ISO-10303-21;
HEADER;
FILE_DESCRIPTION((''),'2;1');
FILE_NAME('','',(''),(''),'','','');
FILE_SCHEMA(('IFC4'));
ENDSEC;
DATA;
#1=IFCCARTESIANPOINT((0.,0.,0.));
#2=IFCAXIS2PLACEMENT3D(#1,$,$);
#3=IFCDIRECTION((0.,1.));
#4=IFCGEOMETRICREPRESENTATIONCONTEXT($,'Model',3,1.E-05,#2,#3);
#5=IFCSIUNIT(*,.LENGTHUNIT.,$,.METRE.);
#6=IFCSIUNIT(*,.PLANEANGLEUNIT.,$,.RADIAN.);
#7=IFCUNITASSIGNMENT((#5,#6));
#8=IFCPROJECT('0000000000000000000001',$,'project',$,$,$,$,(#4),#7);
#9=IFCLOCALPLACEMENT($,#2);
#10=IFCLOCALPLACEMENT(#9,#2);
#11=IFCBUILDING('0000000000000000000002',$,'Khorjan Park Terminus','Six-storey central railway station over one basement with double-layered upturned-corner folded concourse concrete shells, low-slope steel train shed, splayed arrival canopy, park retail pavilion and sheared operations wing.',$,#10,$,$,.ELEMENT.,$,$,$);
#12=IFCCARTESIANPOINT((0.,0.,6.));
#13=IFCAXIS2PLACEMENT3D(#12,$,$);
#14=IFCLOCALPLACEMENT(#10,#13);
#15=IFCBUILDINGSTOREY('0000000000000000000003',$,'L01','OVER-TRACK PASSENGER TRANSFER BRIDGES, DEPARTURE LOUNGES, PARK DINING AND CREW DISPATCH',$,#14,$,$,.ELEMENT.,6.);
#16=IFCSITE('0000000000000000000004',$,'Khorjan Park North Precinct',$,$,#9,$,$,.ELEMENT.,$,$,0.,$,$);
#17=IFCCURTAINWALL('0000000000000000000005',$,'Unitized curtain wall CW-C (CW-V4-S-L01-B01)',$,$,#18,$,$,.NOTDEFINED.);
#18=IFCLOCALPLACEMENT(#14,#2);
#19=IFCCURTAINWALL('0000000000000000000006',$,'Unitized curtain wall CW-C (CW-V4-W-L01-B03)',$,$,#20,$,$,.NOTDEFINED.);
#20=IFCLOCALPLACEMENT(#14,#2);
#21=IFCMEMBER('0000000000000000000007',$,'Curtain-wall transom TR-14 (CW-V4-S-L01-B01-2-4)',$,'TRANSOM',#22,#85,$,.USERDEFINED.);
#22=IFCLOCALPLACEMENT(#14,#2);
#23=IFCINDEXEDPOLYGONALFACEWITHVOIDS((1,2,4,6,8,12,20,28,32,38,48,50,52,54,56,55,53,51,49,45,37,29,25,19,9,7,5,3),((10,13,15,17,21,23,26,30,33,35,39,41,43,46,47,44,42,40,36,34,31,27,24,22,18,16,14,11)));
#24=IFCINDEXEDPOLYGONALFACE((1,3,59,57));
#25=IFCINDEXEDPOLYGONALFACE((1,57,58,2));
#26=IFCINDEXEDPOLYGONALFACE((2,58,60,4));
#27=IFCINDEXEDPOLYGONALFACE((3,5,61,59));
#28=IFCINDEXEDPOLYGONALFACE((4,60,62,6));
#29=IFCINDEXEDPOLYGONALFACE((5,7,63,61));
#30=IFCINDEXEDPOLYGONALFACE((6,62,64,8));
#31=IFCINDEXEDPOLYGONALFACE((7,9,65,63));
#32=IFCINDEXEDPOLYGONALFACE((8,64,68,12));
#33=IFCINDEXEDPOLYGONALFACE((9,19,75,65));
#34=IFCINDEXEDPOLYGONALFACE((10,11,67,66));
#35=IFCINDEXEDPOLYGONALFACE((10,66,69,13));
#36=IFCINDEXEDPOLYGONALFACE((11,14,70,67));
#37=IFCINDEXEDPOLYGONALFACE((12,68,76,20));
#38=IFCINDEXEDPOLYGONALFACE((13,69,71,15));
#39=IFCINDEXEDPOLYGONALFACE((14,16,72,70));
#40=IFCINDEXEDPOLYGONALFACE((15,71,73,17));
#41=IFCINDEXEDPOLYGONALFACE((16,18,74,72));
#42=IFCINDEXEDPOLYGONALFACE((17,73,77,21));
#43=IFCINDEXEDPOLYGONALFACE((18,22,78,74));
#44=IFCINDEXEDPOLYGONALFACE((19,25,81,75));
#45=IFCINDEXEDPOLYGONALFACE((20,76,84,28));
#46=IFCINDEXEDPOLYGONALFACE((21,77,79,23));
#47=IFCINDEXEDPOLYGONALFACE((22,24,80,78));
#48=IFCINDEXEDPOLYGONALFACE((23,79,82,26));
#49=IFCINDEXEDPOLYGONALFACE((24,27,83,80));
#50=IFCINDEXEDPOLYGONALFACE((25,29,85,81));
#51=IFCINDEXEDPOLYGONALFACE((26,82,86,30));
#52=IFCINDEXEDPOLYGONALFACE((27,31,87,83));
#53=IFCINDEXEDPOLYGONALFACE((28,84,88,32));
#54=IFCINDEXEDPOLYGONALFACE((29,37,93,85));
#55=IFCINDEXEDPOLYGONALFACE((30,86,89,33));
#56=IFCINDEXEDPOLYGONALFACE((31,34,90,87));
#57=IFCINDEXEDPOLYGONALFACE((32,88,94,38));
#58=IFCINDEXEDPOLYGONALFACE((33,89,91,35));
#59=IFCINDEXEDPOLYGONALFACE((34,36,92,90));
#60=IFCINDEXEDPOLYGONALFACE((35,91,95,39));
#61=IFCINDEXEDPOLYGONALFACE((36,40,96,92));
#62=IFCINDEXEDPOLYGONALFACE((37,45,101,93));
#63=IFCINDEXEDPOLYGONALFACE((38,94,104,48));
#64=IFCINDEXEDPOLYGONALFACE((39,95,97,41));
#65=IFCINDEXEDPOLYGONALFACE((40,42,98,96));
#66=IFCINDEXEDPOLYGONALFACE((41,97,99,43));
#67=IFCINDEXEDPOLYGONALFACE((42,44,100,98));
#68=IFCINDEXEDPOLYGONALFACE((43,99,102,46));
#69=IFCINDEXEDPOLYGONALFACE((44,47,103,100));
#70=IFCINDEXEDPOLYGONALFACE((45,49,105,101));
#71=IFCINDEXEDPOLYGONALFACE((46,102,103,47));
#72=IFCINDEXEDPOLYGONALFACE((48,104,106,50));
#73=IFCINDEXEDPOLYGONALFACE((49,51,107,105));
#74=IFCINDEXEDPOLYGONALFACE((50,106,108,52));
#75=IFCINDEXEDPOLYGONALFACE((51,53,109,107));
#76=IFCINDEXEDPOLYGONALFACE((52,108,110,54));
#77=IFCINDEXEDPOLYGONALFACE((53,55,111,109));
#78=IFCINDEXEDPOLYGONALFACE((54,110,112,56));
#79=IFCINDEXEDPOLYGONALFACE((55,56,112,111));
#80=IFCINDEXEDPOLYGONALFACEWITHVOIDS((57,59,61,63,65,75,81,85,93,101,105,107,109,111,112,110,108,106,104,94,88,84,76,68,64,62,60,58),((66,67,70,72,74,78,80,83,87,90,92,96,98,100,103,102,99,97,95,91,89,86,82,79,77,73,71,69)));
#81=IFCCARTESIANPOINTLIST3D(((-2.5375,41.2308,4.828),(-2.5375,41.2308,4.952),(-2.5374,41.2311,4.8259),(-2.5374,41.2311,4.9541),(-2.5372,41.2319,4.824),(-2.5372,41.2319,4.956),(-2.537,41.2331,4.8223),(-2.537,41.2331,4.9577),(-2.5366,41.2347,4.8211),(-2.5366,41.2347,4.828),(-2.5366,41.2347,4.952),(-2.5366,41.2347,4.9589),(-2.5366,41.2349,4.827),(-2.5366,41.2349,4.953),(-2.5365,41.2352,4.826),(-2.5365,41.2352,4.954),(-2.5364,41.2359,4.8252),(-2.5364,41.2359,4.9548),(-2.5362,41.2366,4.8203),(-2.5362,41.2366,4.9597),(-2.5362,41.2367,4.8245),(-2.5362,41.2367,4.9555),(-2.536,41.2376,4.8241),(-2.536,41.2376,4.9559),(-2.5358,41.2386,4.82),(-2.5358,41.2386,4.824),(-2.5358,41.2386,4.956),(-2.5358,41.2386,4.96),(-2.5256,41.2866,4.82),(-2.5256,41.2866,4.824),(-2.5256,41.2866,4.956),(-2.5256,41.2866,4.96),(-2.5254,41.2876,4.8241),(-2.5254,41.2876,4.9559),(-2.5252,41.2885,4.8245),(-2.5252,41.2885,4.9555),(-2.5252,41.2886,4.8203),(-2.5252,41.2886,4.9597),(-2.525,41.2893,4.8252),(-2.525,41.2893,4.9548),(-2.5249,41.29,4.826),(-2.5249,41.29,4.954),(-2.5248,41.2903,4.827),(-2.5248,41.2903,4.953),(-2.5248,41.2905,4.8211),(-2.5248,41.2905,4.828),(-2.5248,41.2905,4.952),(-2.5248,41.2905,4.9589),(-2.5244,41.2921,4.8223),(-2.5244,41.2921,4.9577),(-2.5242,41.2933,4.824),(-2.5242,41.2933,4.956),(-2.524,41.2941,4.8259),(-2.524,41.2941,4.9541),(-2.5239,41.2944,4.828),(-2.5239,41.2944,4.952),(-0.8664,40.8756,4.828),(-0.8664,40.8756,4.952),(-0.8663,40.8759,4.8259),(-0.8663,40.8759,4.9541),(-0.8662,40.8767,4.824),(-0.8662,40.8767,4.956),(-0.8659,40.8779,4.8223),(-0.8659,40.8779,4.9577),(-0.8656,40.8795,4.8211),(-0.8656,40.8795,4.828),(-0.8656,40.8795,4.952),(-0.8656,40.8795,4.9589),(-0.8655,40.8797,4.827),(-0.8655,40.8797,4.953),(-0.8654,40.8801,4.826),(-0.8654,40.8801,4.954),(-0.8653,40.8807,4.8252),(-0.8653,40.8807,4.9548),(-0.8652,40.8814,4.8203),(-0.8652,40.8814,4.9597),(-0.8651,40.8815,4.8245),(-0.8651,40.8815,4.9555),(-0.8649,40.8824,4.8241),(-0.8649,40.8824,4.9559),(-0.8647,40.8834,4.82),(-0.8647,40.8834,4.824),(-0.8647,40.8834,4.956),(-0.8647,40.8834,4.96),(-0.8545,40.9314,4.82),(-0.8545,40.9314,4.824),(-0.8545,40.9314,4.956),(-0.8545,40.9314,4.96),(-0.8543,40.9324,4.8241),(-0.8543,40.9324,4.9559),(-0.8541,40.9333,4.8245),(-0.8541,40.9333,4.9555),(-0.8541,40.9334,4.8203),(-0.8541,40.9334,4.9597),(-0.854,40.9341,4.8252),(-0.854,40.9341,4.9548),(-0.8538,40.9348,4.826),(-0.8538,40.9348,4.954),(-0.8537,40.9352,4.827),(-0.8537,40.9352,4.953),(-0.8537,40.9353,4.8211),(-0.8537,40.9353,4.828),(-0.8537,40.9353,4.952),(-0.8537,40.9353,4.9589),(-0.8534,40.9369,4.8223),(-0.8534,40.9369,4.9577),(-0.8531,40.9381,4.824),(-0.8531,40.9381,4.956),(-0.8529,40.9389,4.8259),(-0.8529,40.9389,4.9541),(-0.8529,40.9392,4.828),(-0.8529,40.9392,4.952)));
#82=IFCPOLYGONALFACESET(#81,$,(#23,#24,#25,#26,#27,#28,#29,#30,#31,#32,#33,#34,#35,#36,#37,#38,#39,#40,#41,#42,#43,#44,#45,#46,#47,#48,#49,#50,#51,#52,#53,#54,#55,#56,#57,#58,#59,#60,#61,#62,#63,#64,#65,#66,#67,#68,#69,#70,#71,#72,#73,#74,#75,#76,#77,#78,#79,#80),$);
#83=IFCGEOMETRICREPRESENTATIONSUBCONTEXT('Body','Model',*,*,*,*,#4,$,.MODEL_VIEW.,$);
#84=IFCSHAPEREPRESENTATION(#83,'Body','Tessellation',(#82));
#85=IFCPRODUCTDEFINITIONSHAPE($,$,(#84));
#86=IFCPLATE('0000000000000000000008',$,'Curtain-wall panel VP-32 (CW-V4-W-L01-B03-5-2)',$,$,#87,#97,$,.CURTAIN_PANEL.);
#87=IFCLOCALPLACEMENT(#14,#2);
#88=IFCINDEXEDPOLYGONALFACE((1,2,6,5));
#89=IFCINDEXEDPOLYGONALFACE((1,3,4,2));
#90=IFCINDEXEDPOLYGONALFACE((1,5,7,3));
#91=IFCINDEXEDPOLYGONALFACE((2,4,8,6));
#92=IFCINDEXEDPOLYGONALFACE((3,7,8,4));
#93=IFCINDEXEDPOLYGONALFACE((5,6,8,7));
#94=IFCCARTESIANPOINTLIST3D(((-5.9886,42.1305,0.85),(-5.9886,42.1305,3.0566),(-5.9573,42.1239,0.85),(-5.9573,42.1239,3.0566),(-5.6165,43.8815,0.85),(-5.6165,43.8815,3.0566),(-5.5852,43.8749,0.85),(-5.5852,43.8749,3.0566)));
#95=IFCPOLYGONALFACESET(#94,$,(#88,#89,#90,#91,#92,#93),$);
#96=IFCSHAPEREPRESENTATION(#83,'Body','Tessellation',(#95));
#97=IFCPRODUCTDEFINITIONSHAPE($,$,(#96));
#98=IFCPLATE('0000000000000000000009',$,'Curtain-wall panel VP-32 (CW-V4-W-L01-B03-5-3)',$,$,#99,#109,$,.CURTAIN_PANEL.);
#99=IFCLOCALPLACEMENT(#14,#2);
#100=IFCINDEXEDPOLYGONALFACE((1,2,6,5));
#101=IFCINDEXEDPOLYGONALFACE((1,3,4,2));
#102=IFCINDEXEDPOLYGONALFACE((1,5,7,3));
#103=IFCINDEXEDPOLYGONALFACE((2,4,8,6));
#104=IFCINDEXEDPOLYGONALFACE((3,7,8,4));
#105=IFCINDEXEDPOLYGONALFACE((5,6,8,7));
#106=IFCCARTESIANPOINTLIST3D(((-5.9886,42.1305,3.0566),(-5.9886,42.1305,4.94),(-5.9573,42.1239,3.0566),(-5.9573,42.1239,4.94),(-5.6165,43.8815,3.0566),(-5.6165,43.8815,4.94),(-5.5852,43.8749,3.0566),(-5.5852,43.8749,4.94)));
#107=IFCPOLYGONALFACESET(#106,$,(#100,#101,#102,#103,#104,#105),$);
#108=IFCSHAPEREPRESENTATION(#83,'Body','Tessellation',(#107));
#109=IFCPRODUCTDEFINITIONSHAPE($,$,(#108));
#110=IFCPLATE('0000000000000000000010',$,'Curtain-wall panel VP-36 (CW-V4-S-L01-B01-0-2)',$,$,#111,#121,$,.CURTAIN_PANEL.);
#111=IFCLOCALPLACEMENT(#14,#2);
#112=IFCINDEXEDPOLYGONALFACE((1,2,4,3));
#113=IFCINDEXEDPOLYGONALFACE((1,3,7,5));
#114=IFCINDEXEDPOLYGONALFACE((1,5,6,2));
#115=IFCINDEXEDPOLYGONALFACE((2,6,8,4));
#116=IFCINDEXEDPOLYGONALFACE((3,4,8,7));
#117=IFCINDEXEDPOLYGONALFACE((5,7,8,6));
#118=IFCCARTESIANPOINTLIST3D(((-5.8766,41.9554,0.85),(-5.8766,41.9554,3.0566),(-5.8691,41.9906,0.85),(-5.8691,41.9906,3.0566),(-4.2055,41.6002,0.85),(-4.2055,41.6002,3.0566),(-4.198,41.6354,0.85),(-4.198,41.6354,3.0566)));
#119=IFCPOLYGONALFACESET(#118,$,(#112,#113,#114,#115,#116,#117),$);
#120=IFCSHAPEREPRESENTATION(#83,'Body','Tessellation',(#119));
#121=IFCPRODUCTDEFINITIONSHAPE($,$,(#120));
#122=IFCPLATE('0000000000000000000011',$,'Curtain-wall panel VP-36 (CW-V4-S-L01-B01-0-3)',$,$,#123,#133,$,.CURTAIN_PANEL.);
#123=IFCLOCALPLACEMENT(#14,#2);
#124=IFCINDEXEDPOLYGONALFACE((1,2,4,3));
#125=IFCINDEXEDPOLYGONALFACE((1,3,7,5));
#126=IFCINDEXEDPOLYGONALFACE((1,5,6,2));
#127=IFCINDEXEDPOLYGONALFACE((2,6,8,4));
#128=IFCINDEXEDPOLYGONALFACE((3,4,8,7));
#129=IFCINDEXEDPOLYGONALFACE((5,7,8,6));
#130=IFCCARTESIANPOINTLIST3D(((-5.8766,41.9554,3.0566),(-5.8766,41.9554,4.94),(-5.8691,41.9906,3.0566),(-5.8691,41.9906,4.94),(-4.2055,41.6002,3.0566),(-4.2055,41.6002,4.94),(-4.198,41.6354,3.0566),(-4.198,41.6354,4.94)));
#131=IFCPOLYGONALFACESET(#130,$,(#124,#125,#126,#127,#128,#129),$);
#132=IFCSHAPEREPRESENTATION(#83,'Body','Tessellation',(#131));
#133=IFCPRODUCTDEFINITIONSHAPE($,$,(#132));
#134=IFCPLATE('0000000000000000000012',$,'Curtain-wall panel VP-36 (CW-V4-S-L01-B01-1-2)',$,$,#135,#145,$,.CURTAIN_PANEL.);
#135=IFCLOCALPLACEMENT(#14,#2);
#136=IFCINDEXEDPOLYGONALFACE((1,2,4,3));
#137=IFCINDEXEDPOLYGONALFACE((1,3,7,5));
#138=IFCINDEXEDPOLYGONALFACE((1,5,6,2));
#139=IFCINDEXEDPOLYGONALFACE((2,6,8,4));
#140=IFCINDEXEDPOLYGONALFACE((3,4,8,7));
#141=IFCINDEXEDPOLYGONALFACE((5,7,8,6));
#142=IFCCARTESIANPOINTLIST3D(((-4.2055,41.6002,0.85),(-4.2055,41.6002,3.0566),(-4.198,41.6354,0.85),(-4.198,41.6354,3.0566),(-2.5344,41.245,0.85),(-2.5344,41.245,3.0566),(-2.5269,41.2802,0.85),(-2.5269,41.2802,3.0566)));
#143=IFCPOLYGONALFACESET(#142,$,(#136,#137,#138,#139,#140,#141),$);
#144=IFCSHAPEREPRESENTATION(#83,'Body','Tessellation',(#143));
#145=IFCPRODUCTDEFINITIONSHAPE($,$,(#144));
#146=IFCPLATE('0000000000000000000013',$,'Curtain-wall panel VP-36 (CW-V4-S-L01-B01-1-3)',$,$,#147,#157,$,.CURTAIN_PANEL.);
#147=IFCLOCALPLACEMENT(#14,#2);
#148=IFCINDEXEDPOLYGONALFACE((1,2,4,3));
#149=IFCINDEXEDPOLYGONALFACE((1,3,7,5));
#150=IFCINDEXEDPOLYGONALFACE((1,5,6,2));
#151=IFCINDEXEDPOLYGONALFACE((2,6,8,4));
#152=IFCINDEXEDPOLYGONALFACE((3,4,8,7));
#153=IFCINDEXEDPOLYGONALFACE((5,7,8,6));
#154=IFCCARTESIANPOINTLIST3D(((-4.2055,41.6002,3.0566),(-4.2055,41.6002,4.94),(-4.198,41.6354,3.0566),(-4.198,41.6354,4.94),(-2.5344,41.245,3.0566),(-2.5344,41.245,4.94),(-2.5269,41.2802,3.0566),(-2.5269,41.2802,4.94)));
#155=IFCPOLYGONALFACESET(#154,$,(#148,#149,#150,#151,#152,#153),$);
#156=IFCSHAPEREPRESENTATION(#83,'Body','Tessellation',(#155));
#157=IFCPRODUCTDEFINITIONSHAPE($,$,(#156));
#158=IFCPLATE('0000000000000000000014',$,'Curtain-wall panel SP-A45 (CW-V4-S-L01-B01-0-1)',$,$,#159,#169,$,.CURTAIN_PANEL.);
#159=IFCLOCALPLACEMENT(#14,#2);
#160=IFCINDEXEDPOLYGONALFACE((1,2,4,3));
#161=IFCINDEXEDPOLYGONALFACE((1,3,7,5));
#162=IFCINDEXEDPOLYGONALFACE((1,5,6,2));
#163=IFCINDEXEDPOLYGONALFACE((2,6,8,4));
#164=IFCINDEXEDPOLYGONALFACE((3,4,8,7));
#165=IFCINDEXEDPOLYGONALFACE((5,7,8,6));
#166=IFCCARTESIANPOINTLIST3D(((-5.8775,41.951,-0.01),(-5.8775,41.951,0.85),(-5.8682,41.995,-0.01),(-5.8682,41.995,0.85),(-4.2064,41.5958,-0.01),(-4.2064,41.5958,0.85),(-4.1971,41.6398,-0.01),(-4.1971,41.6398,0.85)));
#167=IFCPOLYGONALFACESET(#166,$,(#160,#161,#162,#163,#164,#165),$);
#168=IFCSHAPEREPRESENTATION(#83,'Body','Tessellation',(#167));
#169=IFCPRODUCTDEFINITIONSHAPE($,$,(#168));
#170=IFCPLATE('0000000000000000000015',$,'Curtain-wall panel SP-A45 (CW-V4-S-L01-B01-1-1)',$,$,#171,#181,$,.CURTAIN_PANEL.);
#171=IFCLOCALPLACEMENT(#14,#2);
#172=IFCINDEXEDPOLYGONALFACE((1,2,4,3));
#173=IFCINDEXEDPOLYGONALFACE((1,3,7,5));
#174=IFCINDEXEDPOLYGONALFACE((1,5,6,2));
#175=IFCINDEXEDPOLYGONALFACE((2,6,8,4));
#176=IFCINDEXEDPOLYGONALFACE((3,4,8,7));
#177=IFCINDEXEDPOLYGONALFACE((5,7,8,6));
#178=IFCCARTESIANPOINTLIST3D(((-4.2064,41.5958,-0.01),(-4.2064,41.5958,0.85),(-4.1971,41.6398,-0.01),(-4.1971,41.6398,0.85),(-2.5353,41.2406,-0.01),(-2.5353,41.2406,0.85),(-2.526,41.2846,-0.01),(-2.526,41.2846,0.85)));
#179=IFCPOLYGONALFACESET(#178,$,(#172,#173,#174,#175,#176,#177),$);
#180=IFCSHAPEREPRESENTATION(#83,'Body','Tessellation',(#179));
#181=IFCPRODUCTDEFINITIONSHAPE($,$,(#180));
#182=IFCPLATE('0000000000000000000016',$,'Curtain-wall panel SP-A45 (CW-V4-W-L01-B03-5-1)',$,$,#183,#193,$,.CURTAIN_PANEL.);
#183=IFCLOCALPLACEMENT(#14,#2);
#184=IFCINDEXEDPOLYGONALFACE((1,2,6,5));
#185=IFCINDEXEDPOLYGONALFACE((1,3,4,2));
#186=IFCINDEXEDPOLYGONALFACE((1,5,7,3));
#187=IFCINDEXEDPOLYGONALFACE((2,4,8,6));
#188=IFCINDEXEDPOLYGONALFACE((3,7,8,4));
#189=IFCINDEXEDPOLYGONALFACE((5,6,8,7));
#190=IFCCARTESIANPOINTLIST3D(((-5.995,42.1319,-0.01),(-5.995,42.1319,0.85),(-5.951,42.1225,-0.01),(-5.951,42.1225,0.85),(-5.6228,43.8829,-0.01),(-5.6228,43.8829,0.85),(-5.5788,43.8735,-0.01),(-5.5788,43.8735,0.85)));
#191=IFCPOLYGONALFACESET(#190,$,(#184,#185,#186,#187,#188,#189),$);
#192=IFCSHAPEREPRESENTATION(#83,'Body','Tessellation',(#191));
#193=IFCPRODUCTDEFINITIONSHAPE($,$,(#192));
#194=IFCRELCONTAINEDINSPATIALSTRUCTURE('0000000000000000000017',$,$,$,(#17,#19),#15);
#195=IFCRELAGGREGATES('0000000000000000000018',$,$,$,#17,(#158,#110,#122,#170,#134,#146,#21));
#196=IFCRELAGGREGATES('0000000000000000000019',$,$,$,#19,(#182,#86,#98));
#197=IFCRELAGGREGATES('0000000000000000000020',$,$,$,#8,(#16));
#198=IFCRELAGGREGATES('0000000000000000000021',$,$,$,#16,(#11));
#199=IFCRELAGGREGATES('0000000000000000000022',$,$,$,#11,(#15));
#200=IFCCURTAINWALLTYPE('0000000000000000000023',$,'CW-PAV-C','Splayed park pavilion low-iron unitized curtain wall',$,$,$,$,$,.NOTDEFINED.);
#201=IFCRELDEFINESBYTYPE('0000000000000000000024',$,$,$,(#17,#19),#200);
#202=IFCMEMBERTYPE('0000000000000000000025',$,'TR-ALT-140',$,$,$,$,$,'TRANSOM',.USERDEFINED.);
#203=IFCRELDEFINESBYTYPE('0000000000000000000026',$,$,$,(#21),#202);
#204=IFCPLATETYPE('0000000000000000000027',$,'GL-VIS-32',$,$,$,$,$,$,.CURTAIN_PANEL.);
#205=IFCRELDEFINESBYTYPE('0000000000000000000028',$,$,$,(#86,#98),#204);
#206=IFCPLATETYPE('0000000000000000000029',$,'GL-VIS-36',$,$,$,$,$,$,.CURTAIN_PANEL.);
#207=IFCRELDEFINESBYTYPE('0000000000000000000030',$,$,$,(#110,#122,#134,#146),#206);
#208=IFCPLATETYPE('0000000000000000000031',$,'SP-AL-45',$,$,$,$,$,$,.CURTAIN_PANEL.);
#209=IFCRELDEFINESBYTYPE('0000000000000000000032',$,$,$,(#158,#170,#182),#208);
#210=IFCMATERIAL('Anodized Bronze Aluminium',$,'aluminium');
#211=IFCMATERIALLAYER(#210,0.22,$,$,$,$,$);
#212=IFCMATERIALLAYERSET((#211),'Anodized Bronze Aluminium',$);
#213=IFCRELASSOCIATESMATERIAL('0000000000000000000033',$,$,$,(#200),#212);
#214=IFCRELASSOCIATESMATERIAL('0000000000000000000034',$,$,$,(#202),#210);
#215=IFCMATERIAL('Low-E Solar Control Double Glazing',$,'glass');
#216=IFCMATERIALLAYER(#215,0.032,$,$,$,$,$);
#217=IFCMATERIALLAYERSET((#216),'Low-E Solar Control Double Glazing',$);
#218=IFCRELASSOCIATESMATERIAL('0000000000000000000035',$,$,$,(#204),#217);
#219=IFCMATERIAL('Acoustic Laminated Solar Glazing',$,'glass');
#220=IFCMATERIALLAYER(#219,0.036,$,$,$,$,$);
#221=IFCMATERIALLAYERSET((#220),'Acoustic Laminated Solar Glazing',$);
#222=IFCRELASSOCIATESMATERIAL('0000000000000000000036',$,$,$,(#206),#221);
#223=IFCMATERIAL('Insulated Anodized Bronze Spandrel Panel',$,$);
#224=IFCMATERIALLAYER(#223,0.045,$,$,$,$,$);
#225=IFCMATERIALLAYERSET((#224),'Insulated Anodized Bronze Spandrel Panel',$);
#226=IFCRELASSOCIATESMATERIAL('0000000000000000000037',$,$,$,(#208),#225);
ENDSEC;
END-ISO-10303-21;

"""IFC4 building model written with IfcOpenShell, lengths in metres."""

from ifc_helpers import new_model, si_unit, direction, frame, origin, origin_2d, place, context, subcontext, project, spatial, rectangle, hollow_rectangle, extrude, material, layer, layer_set, material_profile, profile_set, type_object, element, aggregate, save


model = new_model("IFC4")

# Units and contexts
model_context = context("Model", 3, precision=1e-05, world=origin(), true_north=direction((0.0, 1.0)))
body_context = subcontext(model_context, "Body", "Model", "MODEL_VIEW")
ifc_project = project(units=[si_unit("LENGTHUNIT", "METRE"), si_unit("PLANEANGLEUNIT", "RADIAN")], contexts=[model_context])

# Site, building, storey
site_placement = place(None, origin())
site = spatial("IfcSite", under=ifc_project, at=site_placement, Name="Khorjan Park North Precinct", CompositionType="ELEMENT", RefElevation=0.0)
building_placement = place(site_placement, origin())
building = spatial("IfcBuilding", under=site, at=building_placement, Name="Khorjan Park Terminus", Description="Six-storey central railway station over one basement with double-layered upturned-corner folded concourse concrete shells, low-slope steel train shed, splayed arrival canopy, park retail pavilion and sheared operations wing.", CompositionType="ELEMENT")
storey_placement = place(building_placement, frame((0.0, 0.0, 6.0)))
storey = spatial("IfcBuildingStorey", under=building, at=storey_placement, Name="L01", Description="OVER-TRACK PASSENGER TRANSFER BRIDGES, DEPARTURE LOUNGES, PARK DINING AND CREW DISPATCH", CompositionType="ELEMENT", Elevation=6.0)

# Curtain walls
ifc_material_1 = material(Name="Anodized Bronze Aluminium", Category="aluminium")
ifc_layer_1 = layer(ifc_material_1, 0.22)
ifc_layer_set_1 = layer_set([ifc_layer_1], Name="Anodized Bronze Aluminium")
curtain_wall_type = type_object("IfcCurtainWallType", Name="CW-PAV-C", Description="Splayed park pavilion low-iron unitized curtain wall", PredefinedType="NOTDEFINED", material=ifc_layer_set_1)
curtain_wall_1_placement = place(storey_placement, origin())
curtain_wall_1 = element("IfcCurtainWall", 1, at=curtain_wall_1_placement, inside=storey, type_object=curtain_wall_type, Name="Unitized curtain wall CW-C (CW-V4-S-L01-B01)", PredefinedType="NOTDEFINED")
curtain_wall_2_placement = place(storey_placement, origin())
curtain_wall_2 = element("IfcCurtainWall", 2, at=curtain_wall_2_placement, inside=storey, type_object=curtain_wall_type, Name="Unitized curtain wall CW-C (CW-V4-W-L01-B03)", PredefinedType="NOTDEFINED")

# Member
ifc_material_profile_1 = material_profile(ifc_material_1, hollow_rectangle(XDim=0.065, YDim=0.14, WallThickness=0.004, InnerFilletRadius=0.004, OuterFilletRadius=0.008, at=origin_2d()), Name="ALT 65x140x4")
ifc_profile_set_1 = profile_set([ifc_material_profile_1], Name="Anodized Bronze Aluminium")
member_type_1 = type_object("IfcMemberType", Name="TR-ALT-140", ElementType="TRANSOM", PredefinedType="USERDEFINED", material=ifc_profile_set_1)
member_1_placement = place(storey_placement, frame((-2.5307, 41.2626, 4.89), z_axis=(0.978148, -0.20791, 0.0), x_axis=(0.20791, 0.978148, 0.0)))
member_1 = element("IfcMember", 3, at=member_1_placement, type_object=member_type_1, Name="Curtain-wall transom TR-14 (CW-V4-S-L01-B01-2-4)", ObjectType="TRANSOM", PredefinedType="USERDEFINED", context=body_context, shape_type="SweptSolid", body=[
    extrude(hollow_rectangle(XDim=0.065, YDim=0.14, WallThickness=0.004, InnerFilletRadius=0.004, OuterFilletRadius=0.008, at=origin_2d()), origin(), (0.0, 0.0, 1.0), 1.7084),
])

# Plates
ifc_material_2 = material(Name="Low-E Solar Control Double Glazing", Category="glass")
ifc_layer_2 = layer(ifc_material_2, 0.032)
ifc_layer_set_2 = layer_set([ifc_layer_2], Name="Low-E Solar Control Double Glazing")
plate_type_1 = type_object("IfcPlateType", Name="GL-VIS-32", PredefinedType="CURTAIN_PANEL", material=ifc_layer_set_2)
plate_1_placement = place(storey_placement, frame((-5.7869, 43.0027, 0.85), z_axis=(0.0, 0.0, 1.0), x_axis=(-0.207918, -0.978146, 0.0)))
plate_1 = element("IfcPlate", 4, at=plate_1_placement, type_object=plate_type_1, Name="Curtain-wall panel VP-32 (CW-V4-W-L01-B03-5-2)", PredefinedType="CURTAIN_PANEL", context=body_context, shape_type="SweptSolid", body=[
    extrude(rectangle(XDim=1.7901, YDim=0.032, at=origin_2d()), origin(), (0.0, 0.0, 1.0), 2.2066),
])
plate_2_placement = place(storey_placement, frame((-5.7869, 43.0027, 3.0566), z_axis=(0.0, 0.0, 1.0), x_axis=(-0.207918, -0.978146, 0.0)))
plate_2 = element("IfcPlate", 5, at=plate_2_placement, type_object=plate_type_1, Name="Curtain-wall panel VP-32 (CW-V4-W-L01-B03-5-3)", PredefinedType="CURTAIN_PANEL", context=body_context, shape_type="SweptSolid", body=[
    extrude(rectangle(XDim=1.7901, YDim=0.032, at=origin_2d()), origin(), (0.0, 0.0, 1.0), 1.8834),
])
ifc_material_3 = material(Name="Acoustic Laminated Solar Glazing", Category="glass")
ifc_layer_3 = layer(ifc_material_3, 0.036)
ifc_layer_set_3 = layer_set([ifc_layer_3], Name="Acoustic Laminated Solar Glazing")
plate_type_2 = type_object("IfcPlateType", Name="GL-VIS-36", PredefinedType="CURTAIN_PANEL", material=ifc_layer_set_3)
plate_3_placement = place(storey_placement, frame((-5.0373, 41.7954, 0.85), z_axis=(0.0, 0.0, 1.0), x_axis=(0.978147, -0.207914, 0.0)))
plate_3 = element("IfcPlate", 6, at=plate_3_placement, type_object=plate_type_2, Name="Curtain-wall panel VP-36 (CW-V4-S-L01-B01-0-2)", PredefinedType="CURTAIN_PANEL", context=body_context, shape_type="SweptSolid", body=[
    extrude(rectangle(XDim=1.7084, YDim=0.036, at=origin_2d()), origin(), (0.0, 0.0, 1.0), 2.2066),
])
plate_4_placement = place(storey_placement, frame((-5.0373, 41.7954, 3.0566), z_axis=(0.0, 0.0, 1.0), x_axis=(0.978147, -0.207914, 0.0)))
plate_4 = element("IfcPlate", 7, at=plate_4_placement, type_object=plate_type_2, Name="Curtain-wall panel VP-36 (CW-V4-S-L01-B01-0-3)", PredefinedType="CURTAIN_PANEL", context=body_context, shape_type="SweptSolid", body=[
    extrude(rectangle(XDim=1.7084, YDim=0.036, at=origin_2d()), origin(), (0.0, 0.0, 1.0), 1.8834),
])
plate_5_placement = place(storey_placement, frame((-3.3662, 41.4402, 0.85), z_axis=(0.0, 0.0, 1.0), x_axis=(0.978147, -0.207914, 0.0)))
plate_5 = element("IfcPlate", 8, at=plate_5_placement, type_object=plate_type_2, Name="Curtain-wall panel VP-36 (CW-V4-S-L01-B01-1-2)", PredefinedType="CURTAIN_PANEL", context=body_context, shape_type="SweptSolid", body=[
    extrude(rectangle(XDim=1.7084, YDim=0.036, at=origin_2d()), origin(), (0.0, 0.0, 1.0), 2.2066),
])
plate_6_placement = place(storey_placement, frame((-3.3662, 41.4402, 3.0566), z_axis=(0.0, 0.0, 1.0), x_axis=(0.978147, -0.207914, 0.0)))
plate_6 = element("IfcPlate", 9, at=plate_6_placement, type_object=plate_type_2, Name="Curtain-wall panel VP-36 (CW-V4-S-L01-B01-1-3)", PredefinedType="CURTAIN_PANEL", context=body_context, shape_type="SweptSolid", body=[
    extrude(rectangle(XDim=1.7084, YDim=0.036, at=origin_2d()), origin(), (0.0, 0.0, 1.0), 1.8834),
])
ifc_material_4 = material(Name="Insulated Anodized Bronze Spandrel Panel")
ifc_layer_4 = layer(ifc_material_4, 0.045)
ifc_layer_set_4 = layer_set([ifc_layer_4], Name="Insulated Anodized Bronze Spandrel Panel")
plate_type_3 = type_object("IfcPlateType", Name="SP-AL-45", PredefinedType="CURTAIN_PANEL", material=ifc_layer_set_4)
plate_7_placement = place(storey_placement, frame((-5.0373, 41.7954, -0.01), z_axis=(0.0, 0.0, 1.0), x_axis=(0.978147, -0.207914, 0.0)))
plate_7 = element("IfcPlate", 10, at=plate_7_placement, type_object=plate_type_3, Name="Curtain-wall panel SP-A45 (CW-V4-S-L01-B01-0-1)", PredefinedType="CURTAIN_PANEL", context=body_context, shape_type="SweptSolid", body=[
    extrude(rectangle(XDim=1.7084, YDim=0.045, at=origin_2d()), origin(), (0.0, 0.0, 1.0), 0.86),
])
plate_8_placement = place(storey_placement, frame((-3.3662, 41.4402, -0.01), z_axis=(0.0, 0.0, 1.0), x_axis=(0.978147, -0.207914, 0.0)))
plate_8 = element("IfcPlate", 11, at=plate_8_placement, type_object=plate_type_3, Name="Curtain-wall panel SP-A45 (CW-V4-S-L01-B01-1-1)", PredefinedType="CURTAIN_PANEL", context=body_context, shape_type="SweptSolid", body=[
    extrude(rectangle(XDim=1.7084, YDim=0.045, at=origin_2d()), origin(), (0.0, 0.0, 1.0), 0.86),
])
aggregate(curtain_wall_1, [plate_7, plate_3, plate_4, plate_8, plate_5, plate_6, member_1])
plate_9_placement = place(storey_placement, frame((-5.7869, 43.0027, -0.01), z_axis=(0.0, 0.0, 1.0), x_axis=(-0.207918, -0.978146, 0.0)))
plate_9 = element("IfcPlate", 12, at=plate_9_placement, type_object=plate_type_3, Name="Curtain-wall panel SP-A45 (CW-V4-W-L01-B03-5-1)", PredefinedType="CURTAIN_PANEL", context=body_context, shape_type="SweptSolid", body=[
    extrude(rectangle(XDim=1.7901, YDim=0.045, at=origin_2d()), origin(), (0.0, 0.0, 1.0), 0.86),
])
aggregate(curtain_wall_2, [plate_9, plate_1, plate_2])

save(model, "model.ifc")
